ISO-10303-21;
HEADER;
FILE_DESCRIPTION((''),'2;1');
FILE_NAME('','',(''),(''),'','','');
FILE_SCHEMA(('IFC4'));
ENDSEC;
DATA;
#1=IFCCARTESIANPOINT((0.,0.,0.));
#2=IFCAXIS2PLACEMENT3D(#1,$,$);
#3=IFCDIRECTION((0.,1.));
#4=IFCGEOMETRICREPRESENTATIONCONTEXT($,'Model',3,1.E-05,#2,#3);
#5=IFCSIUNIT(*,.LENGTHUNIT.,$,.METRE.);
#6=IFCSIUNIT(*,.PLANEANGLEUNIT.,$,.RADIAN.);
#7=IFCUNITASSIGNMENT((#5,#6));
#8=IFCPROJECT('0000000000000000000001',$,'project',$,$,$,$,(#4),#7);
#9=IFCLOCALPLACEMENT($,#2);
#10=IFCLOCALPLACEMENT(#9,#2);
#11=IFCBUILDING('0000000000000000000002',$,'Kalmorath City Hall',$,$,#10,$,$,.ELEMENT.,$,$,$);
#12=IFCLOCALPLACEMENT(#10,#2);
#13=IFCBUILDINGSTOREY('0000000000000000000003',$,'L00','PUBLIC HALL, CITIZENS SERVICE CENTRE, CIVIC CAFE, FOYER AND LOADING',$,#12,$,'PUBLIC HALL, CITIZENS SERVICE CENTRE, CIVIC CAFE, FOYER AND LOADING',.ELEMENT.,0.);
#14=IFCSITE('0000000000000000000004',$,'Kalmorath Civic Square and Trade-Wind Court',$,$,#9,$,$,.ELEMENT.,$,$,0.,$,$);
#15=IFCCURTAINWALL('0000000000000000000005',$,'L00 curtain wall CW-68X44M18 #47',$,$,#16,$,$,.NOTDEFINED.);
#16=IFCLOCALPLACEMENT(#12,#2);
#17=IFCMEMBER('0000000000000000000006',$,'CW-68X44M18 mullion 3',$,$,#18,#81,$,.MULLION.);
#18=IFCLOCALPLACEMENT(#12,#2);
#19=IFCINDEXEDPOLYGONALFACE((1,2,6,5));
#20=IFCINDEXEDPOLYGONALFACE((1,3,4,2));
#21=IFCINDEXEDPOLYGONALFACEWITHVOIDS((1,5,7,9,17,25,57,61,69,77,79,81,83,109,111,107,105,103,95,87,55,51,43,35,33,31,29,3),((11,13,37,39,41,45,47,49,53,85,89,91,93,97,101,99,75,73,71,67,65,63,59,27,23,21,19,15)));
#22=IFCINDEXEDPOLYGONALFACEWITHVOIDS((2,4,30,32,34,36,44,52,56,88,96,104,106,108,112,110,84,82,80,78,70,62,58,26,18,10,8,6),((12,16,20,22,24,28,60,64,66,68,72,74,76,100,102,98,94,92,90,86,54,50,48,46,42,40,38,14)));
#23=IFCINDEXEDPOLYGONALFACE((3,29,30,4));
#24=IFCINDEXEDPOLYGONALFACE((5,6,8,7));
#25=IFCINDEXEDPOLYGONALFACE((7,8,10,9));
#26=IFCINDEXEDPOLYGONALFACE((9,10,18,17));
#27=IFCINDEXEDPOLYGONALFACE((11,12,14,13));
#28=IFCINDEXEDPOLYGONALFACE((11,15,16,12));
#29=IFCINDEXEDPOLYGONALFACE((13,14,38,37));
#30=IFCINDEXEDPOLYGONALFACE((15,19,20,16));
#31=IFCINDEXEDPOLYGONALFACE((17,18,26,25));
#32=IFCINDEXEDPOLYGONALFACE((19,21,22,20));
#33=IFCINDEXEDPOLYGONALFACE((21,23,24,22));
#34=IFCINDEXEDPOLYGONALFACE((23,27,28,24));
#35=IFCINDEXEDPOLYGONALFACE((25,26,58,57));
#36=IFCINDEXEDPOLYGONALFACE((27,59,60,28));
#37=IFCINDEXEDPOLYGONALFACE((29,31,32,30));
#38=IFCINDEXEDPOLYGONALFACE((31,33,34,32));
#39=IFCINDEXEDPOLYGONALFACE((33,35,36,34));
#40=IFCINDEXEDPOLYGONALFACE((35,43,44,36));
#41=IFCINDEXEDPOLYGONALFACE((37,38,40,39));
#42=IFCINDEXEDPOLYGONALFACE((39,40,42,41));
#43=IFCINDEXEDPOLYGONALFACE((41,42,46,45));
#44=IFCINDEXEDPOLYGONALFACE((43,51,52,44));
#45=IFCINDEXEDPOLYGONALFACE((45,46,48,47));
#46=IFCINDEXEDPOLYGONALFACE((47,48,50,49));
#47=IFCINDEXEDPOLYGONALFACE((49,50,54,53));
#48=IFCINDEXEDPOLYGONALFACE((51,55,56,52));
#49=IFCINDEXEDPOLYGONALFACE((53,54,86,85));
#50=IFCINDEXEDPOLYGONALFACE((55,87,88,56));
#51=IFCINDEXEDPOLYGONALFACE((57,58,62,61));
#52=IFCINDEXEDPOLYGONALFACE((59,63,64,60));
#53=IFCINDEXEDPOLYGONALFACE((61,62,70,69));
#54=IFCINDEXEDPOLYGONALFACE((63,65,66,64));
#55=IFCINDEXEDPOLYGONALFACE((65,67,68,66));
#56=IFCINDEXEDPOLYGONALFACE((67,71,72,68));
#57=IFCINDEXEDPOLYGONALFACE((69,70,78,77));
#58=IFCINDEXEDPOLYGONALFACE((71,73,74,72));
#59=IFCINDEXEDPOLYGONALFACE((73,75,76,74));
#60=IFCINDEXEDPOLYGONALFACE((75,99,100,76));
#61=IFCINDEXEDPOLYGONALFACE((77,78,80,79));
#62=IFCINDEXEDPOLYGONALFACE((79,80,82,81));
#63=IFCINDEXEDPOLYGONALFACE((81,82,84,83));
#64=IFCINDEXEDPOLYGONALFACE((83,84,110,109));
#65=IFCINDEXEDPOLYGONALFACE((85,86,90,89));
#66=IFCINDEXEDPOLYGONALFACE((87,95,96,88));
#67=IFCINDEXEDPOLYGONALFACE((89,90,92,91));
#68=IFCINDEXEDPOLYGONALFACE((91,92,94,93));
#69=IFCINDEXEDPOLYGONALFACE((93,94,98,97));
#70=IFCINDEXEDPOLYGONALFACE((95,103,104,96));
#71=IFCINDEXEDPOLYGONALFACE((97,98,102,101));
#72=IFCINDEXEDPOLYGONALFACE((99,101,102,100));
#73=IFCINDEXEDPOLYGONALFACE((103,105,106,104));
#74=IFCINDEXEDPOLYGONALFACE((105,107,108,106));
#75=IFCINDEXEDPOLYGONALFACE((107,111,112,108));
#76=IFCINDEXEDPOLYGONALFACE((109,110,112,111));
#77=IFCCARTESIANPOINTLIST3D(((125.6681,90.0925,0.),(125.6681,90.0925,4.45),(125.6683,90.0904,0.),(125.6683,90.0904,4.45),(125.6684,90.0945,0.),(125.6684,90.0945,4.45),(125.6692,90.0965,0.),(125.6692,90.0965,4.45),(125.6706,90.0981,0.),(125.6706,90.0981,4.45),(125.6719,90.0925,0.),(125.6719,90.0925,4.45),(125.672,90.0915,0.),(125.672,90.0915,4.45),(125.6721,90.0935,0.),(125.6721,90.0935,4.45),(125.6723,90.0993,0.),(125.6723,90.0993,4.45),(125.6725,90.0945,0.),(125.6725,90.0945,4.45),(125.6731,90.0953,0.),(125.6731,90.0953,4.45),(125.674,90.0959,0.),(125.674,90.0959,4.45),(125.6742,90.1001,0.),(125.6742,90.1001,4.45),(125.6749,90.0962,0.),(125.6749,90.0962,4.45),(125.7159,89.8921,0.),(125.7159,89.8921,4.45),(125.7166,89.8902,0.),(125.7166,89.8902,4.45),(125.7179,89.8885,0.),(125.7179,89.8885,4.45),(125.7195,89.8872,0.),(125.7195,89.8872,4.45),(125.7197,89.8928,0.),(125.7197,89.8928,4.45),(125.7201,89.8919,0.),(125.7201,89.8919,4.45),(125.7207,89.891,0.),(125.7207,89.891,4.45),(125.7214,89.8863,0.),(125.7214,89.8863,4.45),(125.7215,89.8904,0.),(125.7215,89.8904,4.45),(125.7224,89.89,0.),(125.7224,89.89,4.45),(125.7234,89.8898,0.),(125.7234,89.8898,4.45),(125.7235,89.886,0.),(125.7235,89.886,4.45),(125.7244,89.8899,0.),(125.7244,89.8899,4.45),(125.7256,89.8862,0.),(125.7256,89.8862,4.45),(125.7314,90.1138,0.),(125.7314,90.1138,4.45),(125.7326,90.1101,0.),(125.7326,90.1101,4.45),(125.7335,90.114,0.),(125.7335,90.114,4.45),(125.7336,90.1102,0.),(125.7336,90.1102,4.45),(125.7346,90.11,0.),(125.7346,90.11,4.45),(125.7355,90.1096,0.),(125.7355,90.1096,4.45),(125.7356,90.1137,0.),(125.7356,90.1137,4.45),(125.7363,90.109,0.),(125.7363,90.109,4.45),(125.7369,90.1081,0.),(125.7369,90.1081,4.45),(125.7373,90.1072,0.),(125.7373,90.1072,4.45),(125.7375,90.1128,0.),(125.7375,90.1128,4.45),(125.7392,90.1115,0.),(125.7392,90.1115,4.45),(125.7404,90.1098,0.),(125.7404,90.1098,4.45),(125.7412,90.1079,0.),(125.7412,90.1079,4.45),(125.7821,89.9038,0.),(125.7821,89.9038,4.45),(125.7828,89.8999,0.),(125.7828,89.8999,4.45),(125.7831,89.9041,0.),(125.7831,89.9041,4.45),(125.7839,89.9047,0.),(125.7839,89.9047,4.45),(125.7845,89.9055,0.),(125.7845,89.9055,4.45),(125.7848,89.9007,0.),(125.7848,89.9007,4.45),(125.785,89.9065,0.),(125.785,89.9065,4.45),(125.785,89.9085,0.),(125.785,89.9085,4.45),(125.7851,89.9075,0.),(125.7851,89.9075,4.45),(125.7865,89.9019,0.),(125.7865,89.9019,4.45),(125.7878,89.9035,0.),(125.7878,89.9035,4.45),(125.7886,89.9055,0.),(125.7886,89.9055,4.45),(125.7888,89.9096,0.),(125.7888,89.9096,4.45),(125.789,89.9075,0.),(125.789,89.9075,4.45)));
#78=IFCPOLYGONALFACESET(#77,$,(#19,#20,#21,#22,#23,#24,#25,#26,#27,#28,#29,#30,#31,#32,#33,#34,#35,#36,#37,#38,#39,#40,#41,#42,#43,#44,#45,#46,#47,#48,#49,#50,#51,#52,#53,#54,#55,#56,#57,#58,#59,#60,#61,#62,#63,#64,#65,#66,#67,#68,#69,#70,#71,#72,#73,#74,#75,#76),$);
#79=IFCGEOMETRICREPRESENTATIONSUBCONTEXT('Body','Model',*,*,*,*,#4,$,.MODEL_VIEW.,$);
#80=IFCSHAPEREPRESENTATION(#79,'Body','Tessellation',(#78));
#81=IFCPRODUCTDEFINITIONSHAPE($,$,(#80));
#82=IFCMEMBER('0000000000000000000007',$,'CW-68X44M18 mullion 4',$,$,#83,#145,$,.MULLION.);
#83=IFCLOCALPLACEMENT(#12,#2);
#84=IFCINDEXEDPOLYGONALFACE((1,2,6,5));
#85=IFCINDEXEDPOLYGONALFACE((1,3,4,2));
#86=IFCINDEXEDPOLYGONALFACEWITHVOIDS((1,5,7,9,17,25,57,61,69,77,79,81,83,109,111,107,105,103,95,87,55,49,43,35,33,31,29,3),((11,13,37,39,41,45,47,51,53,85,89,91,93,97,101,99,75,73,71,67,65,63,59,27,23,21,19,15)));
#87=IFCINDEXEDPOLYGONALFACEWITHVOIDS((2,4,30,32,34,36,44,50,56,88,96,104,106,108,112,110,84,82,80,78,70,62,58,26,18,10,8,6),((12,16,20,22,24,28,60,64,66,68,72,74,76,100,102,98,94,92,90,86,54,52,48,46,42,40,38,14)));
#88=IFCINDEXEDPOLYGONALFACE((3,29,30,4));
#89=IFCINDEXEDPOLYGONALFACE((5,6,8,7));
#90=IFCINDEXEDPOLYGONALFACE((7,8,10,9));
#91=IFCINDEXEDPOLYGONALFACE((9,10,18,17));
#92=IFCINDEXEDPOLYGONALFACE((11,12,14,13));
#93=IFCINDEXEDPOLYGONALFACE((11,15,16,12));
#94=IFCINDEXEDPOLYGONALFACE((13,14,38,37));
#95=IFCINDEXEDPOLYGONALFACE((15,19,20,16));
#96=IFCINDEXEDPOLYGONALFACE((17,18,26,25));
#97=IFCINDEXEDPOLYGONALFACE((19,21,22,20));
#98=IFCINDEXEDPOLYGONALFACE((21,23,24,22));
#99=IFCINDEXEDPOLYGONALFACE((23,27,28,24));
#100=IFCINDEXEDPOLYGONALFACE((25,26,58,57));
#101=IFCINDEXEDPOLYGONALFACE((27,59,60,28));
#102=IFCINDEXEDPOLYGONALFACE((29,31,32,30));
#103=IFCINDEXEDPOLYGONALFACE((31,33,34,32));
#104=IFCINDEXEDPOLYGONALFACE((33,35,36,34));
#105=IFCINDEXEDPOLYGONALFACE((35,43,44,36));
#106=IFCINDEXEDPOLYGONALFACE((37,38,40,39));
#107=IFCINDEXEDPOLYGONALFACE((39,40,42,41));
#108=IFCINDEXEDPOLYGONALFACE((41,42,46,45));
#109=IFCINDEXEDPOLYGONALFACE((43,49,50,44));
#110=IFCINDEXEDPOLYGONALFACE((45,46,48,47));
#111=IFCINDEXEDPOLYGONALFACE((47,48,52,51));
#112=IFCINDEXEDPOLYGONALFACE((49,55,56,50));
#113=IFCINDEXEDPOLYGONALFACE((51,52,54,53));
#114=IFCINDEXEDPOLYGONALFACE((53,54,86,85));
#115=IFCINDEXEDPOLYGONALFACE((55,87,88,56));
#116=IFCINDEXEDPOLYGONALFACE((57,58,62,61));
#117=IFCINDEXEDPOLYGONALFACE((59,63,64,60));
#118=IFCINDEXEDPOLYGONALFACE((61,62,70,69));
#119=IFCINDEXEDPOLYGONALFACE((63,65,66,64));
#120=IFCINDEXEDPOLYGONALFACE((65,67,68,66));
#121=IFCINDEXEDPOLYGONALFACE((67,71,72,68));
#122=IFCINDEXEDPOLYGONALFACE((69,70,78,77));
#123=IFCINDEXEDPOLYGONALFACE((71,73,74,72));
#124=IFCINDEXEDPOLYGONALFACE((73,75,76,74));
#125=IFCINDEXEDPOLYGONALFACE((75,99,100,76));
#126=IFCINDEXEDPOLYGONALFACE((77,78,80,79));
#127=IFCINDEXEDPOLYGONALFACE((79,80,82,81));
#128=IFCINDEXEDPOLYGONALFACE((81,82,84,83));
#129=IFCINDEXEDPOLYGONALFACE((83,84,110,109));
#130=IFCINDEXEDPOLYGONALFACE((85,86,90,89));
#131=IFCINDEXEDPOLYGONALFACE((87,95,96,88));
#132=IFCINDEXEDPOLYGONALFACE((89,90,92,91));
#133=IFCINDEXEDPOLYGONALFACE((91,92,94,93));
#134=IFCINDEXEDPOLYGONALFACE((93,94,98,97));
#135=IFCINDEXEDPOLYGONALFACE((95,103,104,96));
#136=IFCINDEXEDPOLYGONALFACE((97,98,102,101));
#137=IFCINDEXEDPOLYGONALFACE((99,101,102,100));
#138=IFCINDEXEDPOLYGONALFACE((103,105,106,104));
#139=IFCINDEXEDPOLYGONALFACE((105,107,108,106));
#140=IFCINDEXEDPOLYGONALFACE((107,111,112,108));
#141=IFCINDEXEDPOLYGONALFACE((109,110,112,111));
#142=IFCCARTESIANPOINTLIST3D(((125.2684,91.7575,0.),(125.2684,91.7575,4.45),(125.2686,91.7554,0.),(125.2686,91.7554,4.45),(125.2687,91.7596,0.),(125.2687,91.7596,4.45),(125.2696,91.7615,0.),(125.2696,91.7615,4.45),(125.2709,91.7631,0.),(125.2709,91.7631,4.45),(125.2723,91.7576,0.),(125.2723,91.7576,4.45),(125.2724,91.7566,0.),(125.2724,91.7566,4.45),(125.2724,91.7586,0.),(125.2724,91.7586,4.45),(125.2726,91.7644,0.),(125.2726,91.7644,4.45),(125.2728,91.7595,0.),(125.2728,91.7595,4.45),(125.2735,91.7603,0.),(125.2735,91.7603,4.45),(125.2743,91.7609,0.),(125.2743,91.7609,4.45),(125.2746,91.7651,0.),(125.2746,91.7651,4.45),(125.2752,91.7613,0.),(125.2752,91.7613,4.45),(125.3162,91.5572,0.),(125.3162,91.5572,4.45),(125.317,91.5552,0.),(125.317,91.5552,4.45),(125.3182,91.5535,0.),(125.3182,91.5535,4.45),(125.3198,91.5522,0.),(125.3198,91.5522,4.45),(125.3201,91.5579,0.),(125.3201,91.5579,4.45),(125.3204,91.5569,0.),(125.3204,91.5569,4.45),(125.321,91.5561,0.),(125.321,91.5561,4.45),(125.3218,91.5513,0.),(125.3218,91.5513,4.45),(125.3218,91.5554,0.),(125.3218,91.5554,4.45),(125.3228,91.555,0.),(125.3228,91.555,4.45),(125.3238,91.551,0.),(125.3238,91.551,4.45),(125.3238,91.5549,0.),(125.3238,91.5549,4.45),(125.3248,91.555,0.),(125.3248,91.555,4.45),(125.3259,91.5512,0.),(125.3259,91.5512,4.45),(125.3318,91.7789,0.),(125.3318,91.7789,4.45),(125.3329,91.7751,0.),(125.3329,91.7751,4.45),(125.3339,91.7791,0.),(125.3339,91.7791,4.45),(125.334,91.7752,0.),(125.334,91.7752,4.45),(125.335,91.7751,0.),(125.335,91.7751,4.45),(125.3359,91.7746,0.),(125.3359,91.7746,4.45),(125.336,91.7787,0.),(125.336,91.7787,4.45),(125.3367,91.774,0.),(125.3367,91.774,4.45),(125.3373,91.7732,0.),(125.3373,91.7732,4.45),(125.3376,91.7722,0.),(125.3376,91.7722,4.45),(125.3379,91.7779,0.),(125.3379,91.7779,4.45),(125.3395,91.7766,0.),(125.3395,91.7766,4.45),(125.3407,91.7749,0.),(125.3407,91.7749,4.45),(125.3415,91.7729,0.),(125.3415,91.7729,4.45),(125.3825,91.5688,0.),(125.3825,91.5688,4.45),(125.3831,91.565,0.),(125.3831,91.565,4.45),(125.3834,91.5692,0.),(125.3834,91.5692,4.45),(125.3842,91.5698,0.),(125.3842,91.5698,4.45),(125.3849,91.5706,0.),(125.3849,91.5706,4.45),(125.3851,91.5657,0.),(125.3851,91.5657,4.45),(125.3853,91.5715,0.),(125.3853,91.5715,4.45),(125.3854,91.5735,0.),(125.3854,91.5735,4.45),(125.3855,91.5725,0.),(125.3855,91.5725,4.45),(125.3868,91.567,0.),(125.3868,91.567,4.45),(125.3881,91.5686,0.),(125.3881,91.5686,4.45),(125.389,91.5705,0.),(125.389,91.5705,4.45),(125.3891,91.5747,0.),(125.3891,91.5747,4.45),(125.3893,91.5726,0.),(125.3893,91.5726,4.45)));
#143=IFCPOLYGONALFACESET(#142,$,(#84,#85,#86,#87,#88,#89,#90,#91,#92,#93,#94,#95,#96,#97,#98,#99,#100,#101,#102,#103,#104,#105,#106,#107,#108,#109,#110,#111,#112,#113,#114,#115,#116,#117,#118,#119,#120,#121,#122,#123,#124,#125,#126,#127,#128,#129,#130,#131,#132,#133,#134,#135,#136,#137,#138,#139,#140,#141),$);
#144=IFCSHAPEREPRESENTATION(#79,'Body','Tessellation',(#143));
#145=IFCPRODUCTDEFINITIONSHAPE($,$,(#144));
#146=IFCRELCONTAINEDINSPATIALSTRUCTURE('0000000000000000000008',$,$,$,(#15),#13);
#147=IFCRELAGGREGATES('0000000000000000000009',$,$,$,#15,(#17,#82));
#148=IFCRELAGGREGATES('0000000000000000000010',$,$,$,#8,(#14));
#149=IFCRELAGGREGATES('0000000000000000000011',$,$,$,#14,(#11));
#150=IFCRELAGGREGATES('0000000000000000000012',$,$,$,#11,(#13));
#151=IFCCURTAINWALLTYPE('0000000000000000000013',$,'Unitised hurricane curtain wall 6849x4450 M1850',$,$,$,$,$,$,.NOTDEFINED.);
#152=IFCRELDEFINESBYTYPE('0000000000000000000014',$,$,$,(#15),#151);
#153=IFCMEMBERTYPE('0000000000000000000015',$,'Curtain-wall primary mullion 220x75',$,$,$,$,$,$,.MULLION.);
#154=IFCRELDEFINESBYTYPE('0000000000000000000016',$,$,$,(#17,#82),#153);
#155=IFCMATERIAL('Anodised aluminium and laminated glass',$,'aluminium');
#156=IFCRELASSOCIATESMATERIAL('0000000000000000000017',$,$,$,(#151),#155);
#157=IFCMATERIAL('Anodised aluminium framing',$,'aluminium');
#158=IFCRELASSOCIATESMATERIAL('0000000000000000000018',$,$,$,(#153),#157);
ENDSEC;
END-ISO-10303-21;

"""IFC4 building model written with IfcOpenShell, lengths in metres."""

from ifc_helpers import new_model, si_unit, direction, frame, origin, origin_2d, place, context, subcontext, project, spatial, hollow_rectangle, extrude, material, material_profile, profile_set, type_object, element, aggregate, save


model = new_model("IFC4")

# Units and contexts
model_context = context("Model", 3, precision=1e-05, world=origin(), true_north=direction((0.0, 1.0)))
body_context = subcontext(model_context, "Body", "Model", "MODEL_VIEW")
ifc_project = project(units=[si_unit("LENGTHUNIT", "METRE"), si_unit("PLANEANGLEUNIT", "RADIAN")], contexts=[model_context])

# Site, building, storey
site_placement = place(None, origin())
site = spatial("IfcSite", under=ifc_project, at=site_placement, Name="Kalmorath Civic Square and Trade-Wind Court", CompositionType="ELEMENT", RefElevation=0.0)
building_placement = place(site_placement, origin())
building = spatial("IfcBuilding", under=site, at=building_placement, Name="Kalmorath City Hall", CompositionType="ELEMENT")
storey_placement = place(building_placement, origin())
storey = spatial("IfcBuildingStorey", under=building, at=storey_placement, Name="L00", Description="PUBLIC HALL, CITIZENS SERVICE CENTRE, CIVIC CAFE, FOYER AND LOADING", LongName="PUBLIC HALL, CITIZENS SERVICE CENTRE, CIVIC CAFE, FOYER AND LOADING", CompositionType="ELEMENT", Elevation=0.0)

# Curtain wall, members
ifc_material_1 = material(Name="Anodised aluminium and laminated glass", Category="aluminium")
curtain_wall_type = type_object("IfcCurtainWallType", Name="Unitised hurricane curtain wall 6849x4450 M1850", PredefinedType="NOTDEFINED", material=ifc_material_1)
curtain_wall_placement = place(storey_placement, origin())
curtain_wall = element("IfcCurtainWall", 1, at=curtain_wall_placement, inside=storey, type_object=curtain_wall_type, Name="L00 curtain wall CW-68X44M18 #47", PredefinedType="NOTDEFINED")
ifc_material_2 = material(Name="Anodised aluminium framing", Category="aluminium")
ifc_material_profile_1 = material_profile(ifc_material_2, hollow_rectangle(XDim=0.075, YDim=0.22, WallThickness=0.0039, InnerFilletRadius=0.0039, OuterFilletRadius=0.0081, at=origin_2d()), Name="ALU-MUL-220X75X4")
ifc_profile_set_1 = profile_set([ifc_material_profile_1], Name="Anodised aluminium framing")
member_type_1 = type_object("IfcMemberType", Name="Curtain-wall primary mullion 220x75", PredefinedType="MULLION", material=ifc_profile_set_1)
member_1_placement = place(storey_placement, frame((125.7285, 90.0, 0.0), z_axis=(0.0, 0.0, 1.0), x_axis=(-0.972367, -0.233456, 0.0)))
member_1 = element("IfcMember", 2, at=member_1_placement, type_object=member_type_1, Name="CW-68X44M18 mullion 3", PredefinedType="MULLION", context=body_context, shape_type="SweptSolid", body=[
    extrude(hollow_rectangle(XDim=0.075, YDim=0.22, WallThickness=0.0039, InnerFilletRadius=0.0039, OuterFilletRadius=0.0081, at=origin_2d()), origin(), (0.0, 0.0, 1.0), 4.45),
])
member_2_placement = place(storey_placement, frame((125.3289, 91.665, 0.0), z_axis=(0.0, 0.0, 1.0), x_axis=(-0.972367, -0.233456, 0.0)))
member_2 = element("IfcMember", 3, at=member_2_placement, type_object=member_type_1, Name="CW-68X44M18 mullion 4", PredefinedType="MULLION", context=body_context, shape_type="SweptSolid", body=[
    extrude(hollow_rectangle(XDim=0.075, YDim=0.22, WallThickness=0.0039, InnerFilletRadius=0.0039, OuterFilletRadius=0.0081, at=origin_2d()), origin(), (0.0, 0.0, 1.0), 4.45),
])
aggregate(curtain_wall, [member_1, member_2])

save(model, "model.ifc")
